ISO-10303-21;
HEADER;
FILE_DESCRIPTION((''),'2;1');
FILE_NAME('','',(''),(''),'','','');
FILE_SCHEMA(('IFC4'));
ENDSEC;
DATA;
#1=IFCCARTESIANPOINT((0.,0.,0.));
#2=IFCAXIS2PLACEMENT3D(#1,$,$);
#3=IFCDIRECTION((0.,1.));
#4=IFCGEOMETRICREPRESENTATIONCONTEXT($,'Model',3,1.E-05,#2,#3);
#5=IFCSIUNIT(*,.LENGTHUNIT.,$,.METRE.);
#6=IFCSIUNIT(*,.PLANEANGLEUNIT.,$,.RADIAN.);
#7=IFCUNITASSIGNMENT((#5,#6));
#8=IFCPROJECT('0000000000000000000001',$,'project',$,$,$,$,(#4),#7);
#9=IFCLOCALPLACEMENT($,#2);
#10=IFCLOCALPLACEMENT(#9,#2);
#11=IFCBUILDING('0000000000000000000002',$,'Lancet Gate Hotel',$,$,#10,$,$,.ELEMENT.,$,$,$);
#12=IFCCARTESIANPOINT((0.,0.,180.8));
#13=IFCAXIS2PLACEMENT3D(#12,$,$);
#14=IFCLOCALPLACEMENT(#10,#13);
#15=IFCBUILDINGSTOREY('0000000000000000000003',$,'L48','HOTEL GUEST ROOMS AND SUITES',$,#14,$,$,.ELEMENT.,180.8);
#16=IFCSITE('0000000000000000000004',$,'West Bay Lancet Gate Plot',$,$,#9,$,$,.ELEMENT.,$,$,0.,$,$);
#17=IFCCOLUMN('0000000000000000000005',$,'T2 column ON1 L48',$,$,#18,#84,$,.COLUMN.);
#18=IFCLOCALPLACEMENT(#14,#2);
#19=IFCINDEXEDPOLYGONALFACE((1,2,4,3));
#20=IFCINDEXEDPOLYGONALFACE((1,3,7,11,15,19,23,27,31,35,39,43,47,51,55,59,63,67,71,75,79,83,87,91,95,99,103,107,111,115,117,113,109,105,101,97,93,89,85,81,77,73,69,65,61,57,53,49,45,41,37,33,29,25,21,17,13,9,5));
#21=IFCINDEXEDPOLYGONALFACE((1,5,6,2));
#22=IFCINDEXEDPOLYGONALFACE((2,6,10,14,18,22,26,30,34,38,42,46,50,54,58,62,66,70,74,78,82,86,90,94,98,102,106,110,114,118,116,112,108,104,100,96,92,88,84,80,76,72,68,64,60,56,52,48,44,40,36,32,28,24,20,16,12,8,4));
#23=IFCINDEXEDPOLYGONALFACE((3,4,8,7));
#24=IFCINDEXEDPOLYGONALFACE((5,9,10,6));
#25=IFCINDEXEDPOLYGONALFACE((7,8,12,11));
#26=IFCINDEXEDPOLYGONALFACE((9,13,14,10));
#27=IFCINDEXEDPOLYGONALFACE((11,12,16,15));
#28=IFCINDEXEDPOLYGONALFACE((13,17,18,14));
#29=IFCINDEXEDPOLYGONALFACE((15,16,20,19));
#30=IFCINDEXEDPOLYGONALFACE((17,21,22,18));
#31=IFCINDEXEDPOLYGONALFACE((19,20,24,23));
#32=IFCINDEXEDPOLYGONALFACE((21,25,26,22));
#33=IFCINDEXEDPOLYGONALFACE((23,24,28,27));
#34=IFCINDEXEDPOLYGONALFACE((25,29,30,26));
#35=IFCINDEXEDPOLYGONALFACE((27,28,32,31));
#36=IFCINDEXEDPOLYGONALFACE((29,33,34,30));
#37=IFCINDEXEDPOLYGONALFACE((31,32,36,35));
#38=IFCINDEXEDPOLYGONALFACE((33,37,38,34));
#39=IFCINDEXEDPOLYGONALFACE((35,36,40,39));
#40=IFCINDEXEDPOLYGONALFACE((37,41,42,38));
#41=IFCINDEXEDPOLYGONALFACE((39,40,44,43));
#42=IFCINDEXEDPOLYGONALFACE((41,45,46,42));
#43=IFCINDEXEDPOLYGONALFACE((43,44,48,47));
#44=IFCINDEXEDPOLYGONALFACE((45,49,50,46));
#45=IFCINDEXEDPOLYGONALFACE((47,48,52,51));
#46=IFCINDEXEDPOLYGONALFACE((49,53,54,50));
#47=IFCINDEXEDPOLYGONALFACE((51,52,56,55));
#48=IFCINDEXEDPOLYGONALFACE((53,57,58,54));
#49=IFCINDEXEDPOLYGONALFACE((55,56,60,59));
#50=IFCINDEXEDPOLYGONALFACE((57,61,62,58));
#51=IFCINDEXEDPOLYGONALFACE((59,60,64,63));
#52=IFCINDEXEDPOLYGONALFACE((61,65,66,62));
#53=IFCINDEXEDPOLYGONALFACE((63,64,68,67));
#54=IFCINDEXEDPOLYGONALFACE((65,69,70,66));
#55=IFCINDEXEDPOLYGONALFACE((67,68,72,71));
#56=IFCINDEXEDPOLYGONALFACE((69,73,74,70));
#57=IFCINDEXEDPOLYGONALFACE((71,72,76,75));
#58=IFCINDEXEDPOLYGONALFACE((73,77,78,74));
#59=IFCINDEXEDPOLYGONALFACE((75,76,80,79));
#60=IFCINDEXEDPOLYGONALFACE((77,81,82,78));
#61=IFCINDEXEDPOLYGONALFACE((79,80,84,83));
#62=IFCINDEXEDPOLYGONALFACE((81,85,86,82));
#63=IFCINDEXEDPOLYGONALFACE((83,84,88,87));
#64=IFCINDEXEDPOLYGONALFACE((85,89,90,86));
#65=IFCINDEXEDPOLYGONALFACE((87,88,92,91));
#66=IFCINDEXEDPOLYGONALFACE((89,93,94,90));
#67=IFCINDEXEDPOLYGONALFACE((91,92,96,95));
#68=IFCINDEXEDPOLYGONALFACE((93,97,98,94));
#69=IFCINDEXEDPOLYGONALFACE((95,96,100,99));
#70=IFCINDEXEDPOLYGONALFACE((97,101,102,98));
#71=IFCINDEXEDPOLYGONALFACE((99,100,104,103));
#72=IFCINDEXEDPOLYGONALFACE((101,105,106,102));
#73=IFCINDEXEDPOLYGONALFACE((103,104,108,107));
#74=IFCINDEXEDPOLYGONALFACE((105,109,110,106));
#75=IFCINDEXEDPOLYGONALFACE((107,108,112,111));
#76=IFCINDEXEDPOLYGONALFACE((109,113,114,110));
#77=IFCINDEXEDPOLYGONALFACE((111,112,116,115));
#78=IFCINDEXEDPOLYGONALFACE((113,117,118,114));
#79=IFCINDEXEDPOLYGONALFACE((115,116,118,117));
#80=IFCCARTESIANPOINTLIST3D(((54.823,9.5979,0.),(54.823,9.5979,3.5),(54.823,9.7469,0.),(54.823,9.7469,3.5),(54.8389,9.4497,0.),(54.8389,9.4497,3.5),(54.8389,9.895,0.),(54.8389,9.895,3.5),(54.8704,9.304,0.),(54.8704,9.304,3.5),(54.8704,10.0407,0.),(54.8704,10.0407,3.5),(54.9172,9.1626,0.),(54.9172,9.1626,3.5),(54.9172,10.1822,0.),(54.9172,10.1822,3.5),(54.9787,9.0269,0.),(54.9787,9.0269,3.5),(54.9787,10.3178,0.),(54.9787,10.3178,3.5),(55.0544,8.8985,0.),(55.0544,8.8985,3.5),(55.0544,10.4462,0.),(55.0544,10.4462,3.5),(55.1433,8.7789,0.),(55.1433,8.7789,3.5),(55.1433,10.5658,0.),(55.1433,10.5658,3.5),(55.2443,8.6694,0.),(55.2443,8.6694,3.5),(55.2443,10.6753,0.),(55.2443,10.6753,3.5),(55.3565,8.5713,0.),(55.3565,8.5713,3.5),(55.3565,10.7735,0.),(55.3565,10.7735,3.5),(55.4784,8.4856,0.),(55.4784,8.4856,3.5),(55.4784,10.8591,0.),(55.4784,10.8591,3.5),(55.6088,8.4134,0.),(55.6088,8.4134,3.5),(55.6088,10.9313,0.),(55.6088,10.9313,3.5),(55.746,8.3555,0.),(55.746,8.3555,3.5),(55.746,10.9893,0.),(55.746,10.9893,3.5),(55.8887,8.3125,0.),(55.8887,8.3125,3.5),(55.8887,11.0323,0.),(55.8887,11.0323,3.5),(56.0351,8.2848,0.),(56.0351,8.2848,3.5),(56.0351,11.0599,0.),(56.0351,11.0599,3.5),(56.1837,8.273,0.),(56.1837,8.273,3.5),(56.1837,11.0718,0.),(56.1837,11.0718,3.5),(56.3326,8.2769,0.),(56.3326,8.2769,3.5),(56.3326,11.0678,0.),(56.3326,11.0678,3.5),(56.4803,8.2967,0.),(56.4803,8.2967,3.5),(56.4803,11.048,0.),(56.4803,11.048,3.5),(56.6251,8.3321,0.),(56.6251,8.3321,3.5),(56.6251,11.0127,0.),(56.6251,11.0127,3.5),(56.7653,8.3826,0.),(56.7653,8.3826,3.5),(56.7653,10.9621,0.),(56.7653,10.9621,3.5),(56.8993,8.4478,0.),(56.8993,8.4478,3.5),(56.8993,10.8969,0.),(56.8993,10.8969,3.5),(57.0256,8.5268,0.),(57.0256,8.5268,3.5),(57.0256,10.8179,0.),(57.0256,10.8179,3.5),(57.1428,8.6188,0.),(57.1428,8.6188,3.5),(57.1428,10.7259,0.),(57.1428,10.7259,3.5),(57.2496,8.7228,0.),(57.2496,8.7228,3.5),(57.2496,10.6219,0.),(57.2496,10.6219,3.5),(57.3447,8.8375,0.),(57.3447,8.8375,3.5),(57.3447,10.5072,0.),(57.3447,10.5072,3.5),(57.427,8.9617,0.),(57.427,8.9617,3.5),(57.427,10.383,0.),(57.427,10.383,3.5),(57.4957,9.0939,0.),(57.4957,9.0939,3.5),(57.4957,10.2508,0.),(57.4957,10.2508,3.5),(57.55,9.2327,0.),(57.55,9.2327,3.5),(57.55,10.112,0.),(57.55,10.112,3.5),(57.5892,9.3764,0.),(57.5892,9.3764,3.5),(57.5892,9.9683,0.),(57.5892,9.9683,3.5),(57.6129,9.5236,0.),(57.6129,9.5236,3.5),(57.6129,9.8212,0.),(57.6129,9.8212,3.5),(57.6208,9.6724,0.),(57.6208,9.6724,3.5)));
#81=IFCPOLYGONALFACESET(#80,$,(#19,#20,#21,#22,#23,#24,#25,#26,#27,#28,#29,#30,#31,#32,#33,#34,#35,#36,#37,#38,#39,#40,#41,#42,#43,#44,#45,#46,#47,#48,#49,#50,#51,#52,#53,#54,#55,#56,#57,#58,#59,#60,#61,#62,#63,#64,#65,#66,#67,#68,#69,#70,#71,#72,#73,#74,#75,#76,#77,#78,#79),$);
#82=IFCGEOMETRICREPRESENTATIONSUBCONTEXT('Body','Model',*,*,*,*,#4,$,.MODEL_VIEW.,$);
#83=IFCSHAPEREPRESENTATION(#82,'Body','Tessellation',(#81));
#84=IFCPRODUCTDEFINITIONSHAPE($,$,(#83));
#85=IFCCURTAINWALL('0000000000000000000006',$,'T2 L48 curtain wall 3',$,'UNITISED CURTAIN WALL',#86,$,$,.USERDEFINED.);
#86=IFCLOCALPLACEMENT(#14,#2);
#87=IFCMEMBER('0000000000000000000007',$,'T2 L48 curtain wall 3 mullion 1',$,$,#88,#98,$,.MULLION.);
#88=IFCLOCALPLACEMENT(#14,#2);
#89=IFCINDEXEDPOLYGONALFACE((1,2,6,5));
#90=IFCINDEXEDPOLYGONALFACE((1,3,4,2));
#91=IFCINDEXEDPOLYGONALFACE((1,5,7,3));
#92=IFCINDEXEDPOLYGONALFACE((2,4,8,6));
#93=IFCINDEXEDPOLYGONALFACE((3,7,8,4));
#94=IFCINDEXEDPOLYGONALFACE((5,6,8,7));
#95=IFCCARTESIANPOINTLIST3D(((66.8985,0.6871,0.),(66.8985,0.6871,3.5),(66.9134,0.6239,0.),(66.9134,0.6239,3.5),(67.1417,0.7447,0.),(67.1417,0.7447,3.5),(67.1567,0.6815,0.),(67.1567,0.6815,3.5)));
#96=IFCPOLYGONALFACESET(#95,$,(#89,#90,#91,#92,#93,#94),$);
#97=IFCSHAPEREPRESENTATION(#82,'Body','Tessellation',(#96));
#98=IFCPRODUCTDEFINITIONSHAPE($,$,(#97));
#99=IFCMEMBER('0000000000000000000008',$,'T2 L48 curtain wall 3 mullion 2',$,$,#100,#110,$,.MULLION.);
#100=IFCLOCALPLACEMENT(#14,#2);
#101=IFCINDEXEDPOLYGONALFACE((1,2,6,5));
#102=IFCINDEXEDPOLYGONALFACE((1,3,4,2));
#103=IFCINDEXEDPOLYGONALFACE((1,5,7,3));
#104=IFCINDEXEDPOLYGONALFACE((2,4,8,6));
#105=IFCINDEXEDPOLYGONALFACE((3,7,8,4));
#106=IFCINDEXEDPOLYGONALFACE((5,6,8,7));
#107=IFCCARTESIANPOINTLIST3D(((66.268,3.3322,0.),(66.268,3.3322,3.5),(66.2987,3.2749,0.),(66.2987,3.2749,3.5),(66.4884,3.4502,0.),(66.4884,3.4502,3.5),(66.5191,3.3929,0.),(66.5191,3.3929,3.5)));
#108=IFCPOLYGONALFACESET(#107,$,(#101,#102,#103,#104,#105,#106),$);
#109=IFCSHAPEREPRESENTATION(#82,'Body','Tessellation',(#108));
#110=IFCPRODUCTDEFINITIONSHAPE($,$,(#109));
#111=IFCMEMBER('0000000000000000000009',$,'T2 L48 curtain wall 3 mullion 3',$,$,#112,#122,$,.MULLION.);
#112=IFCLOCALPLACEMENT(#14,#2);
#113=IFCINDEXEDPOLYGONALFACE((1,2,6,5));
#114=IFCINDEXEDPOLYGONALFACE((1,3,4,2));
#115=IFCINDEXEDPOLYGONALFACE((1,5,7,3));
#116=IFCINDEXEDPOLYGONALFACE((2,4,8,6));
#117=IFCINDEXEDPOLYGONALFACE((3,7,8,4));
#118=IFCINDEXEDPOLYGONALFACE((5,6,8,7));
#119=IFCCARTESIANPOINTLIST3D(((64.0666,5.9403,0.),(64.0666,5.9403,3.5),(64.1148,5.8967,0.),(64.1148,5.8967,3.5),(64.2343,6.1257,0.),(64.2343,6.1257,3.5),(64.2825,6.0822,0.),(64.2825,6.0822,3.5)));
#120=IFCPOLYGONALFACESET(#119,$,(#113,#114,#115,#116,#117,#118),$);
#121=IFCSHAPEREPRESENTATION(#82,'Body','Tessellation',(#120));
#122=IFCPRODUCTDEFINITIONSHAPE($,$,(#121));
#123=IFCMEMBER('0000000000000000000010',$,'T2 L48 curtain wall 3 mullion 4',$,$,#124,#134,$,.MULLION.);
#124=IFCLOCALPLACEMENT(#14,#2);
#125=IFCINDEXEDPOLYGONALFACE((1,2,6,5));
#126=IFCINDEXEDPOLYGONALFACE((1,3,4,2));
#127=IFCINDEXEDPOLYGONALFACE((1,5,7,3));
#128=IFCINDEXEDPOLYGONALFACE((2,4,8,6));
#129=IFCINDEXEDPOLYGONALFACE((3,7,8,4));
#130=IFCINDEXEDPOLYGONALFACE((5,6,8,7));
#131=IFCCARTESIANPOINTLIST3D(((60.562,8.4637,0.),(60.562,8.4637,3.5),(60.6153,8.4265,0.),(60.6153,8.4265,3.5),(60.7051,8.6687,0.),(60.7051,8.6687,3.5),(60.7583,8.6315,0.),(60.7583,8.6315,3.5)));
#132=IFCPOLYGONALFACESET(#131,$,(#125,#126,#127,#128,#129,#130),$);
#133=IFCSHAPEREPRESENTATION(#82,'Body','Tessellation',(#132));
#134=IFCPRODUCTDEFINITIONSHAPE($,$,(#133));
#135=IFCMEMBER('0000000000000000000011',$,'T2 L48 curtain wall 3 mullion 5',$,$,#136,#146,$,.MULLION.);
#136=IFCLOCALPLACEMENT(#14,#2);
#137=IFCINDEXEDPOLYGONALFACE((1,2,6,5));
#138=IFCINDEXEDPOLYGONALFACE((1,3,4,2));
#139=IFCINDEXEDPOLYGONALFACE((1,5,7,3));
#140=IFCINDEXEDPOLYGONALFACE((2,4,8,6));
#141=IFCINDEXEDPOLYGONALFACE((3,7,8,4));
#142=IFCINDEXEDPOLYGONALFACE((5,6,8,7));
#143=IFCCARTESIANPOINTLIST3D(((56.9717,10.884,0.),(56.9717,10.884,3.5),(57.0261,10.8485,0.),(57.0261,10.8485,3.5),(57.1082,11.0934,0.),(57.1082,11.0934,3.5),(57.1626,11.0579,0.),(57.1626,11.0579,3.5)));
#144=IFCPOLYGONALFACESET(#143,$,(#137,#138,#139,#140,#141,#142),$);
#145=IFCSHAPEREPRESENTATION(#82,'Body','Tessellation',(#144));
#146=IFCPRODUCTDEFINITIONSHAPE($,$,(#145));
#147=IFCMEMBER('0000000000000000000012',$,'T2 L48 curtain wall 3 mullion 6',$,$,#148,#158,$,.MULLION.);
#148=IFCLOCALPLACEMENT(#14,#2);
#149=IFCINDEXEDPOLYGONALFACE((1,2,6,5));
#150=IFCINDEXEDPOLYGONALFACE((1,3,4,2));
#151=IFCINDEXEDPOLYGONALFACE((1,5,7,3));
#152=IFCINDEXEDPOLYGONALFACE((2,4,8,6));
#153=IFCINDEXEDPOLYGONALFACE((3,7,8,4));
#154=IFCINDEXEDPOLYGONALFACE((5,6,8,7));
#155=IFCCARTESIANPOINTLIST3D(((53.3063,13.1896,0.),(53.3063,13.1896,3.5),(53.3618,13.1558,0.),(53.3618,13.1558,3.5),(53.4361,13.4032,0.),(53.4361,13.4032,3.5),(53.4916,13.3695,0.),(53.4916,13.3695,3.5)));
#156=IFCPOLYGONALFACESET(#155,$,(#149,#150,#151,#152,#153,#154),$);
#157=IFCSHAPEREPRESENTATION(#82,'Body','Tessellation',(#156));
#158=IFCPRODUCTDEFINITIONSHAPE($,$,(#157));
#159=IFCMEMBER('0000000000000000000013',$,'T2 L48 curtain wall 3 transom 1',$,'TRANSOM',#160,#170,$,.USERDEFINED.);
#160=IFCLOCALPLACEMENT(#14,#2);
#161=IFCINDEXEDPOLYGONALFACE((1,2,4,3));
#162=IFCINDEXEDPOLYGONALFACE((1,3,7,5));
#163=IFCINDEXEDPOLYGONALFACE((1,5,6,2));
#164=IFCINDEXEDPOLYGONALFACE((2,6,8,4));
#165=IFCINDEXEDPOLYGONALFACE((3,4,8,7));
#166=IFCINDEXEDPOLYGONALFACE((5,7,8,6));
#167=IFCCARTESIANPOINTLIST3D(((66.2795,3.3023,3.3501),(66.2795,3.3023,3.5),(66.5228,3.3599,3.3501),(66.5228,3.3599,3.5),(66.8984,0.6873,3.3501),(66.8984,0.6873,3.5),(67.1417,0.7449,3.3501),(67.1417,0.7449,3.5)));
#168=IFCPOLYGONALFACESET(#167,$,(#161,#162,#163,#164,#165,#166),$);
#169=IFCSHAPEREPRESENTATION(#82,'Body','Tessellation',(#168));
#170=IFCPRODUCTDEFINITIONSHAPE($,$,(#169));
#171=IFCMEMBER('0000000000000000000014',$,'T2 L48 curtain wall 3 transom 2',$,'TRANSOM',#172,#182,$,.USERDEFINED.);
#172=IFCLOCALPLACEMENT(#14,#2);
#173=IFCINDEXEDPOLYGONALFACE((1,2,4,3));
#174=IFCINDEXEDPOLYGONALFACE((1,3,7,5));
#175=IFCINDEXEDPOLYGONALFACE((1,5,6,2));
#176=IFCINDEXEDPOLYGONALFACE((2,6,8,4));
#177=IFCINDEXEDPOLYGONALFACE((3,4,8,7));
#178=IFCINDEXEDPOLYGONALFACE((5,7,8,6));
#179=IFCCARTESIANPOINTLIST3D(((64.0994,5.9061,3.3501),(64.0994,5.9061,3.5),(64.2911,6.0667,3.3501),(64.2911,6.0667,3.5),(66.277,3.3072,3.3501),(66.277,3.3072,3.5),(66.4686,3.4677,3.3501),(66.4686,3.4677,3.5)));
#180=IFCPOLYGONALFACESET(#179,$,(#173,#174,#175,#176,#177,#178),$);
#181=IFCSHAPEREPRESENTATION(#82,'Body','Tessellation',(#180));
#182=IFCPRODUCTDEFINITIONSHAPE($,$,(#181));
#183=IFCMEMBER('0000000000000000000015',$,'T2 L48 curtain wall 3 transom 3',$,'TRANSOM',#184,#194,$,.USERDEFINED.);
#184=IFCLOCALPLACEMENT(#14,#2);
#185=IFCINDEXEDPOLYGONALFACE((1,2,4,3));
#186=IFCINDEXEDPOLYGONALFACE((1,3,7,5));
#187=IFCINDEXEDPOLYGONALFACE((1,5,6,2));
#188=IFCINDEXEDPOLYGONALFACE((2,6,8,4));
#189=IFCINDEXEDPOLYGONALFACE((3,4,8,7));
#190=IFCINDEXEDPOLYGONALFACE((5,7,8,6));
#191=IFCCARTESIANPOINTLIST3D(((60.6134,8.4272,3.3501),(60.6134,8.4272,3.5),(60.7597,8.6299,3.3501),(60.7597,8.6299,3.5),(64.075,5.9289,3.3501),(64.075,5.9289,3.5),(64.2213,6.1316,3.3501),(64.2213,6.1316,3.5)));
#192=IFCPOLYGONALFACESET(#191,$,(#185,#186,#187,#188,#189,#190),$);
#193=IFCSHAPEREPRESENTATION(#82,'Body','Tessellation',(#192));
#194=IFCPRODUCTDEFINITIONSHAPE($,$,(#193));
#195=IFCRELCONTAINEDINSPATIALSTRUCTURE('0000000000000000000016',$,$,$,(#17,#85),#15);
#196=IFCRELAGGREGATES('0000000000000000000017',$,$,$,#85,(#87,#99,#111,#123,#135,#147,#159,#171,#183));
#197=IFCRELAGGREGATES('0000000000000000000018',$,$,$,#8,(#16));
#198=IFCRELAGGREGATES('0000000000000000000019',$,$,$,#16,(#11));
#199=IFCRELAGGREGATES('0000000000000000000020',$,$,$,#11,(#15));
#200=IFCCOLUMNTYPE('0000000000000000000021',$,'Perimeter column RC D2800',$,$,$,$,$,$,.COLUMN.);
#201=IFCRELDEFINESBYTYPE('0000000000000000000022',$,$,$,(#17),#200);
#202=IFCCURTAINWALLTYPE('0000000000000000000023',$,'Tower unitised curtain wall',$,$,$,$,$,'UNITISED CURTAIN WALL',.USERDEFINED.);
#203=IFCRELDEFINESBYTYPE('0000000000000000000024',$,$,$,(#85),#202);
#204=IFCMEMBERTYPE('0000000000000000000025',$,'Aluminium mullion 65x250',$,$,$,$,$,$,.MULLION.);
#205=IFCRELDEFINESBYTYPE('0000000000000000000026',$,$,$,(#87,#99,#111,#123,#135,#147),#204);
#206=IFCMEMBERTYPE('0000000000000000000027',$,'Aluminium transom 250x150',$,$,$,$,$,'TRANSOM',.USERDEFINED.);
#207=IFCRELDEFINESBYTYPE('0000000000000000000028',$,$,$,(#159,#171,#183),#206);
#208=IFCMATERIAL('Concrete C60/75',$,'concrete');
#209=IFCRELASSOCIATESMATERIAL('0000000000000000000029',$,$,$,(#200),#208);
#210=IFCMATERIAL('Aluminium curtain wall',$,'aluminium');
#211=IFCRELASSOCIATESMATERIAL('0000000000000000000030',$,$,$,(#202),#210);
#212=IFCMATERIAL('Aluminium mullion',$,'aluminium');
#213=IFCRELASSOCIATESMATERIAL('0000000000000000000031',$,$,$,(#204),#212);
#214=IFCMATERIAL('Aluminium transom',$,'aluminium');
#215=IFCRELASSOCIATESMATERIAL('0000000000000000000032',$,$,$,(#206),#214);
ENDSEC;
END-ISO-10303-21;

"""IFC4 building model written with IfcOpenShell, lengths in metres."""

from ifc_helpers import new_model, si_unit, direction, frame, origin, origin_2d, place, context, subcontext, project, spatial, rectangle, circle, extrude, material, material_profile, profile_set, type_object, element, aggregate, save


model = new_model("IFC4")

# Units and contexts
model_context = context("Model", 3, precision=1e-05, world=origin(), true_north=direction((0.0, 1.0)))
body_context = subcontext(model_context, "Body", "Model", "MODEL_VIEW")
ifc_project = project(units=[si_unit("LENGTHUNIT", "METRE"), si_unit("PLANEANGLEUNIT", "RADIAN")], contexts=[model_context])

# Site, building, storey
site_placement = place(None, origin())
site = spatial("IfcSite", under=ifc_project, at=site_placement, Name="West Bay Lancet Gate Plot", CompositionType="ELEMENT", RefElevation=0.0)
building_placement = place(site_placement, origin())
building = spatial("IfcBuilding", under=site, at=building_placement, Name="Lancet Gate Hotel", CompositionType="ELEMENT")
storey_placement = place(building_placement, frame((0.0, 0.0, 180.8)))
storey = spatial("IfcBuildingStorey", under=building, at=storey_placement, Name="L48", Description="HOTEL GUEST ROOMS AND SUITES", CompositionType="ELEMENT", Elevation=180.8)

# Column
ifc_material_1 = material(Name="Concrete C60/75", Category="concrete")
ifc_material_profile_1 = material_profile(ifc_material_1, circle(Radius=1.3999, at=origin_2d()), Name="RC D2800")
ifc_profile_set_1 = profile_set([ifc_material_profile_1], Name="Concrete C60/75")
column_type = type_object("IfcColumnType", Name="Perimeter column RC D2800", PredefinedType="COLUMN", material=ifc_profile_set_1)
column_placement = place(storey_placement, frame((56.2209, 9.6724, 0.0), z_axis=(0.0, 0.0, 1.0), x_axis=(1.0, 0.0, 0.0)))
element("IfcColumn", 1, at=column_placement, inside=storey, type_object=column_type, Name="T2 column ON1 L48", PredefinedType="COLUMN", context=body_context, shape_type="SweptSolid", body=[
    extrude(circle(Radius=1.3999, at=origin_2d()), origin(), (0.0, 0.0, 1.0), 3.5),
])

# Curtain wall, members
ifc_material_2 = material(Name="Aluminium curtain wall", Category="aluminium")
curtain_wall_type = type_object("IfcCurtainWallType", Name="Tower unitised curtain wall", ElementType="UNITISED CURTAIN WALL", PredefinedType="USERDEFINED", material=ifc_material_2)
curtain_wall_placement = place(storey_placement, origin())
curtain_wall = element("IfcCurtainWall", 2, at=curtain_wall_placement, inside=storey, type_object=curtain_wall_type, Name="T2 L48 curtain wall 3", ObjectType="UNITISED CURTAIN WALL", PredefinedType="USERDEFINED")
ifc_material_3 = material(Name="Aluminium mullion", Category="aluminium")
ifc_material_profile_2 = material_profile(ifc_material_3, rectangle(XDim=0.0649, YDim=0.25, at=origin_2d()), Name="MULLION 65x250")
ifc_profile_set_2 = profile_set([ifc_material_profile_2], Name="Aluminium mullion")
member_type_1 = type_object("IfcMemberType", Name="Aluminium mullion 65x250", PredefinedType="MULLION", material=ifc_profile_set_2)
member_1_placement = place(storey_placement, frame((67.0276, 0.6843, 0.0), z_axis=(0.0, 0.0, 1.0), x_axis=(-0.230367, 0.973104, 0.0)))
member_1 = element("IfcMember", 3, at=member_1_placement, type_object=member_type_1, Name="T2 L48 curtain wall 3 mullion 1", PredefinedType="MULLION", context=body_context, shape_type="SweptSolid", body=[
    extrude(rectangle(XDim=0.0649, YDim=0.25, at=origin_2d()), origin(), (0.0, 0.0, 1.0), 3.5),
])
member_2_placement = place(storey_placement, frame((66.3936, 3.3625, 0.0), z_axis=(0.0, 0.0, 1.0), x_axis=(-0.472146, 0.88152, 0.0)))
member_2 = element("IfcMember", 4, at=member_2_placement, type_object=member_type_1, Name="T2 L48 curtain wall 3 mullion 2", PredefinedType="MULLION", context=body_context, shape_type="SweptSolid", body=[
    extrude(rectangle(XDim=0.0649, YDim=0.25, at=origin_2d()), origin(), (0.0, 0.0, 1.0), 3.5),
])
member_3_placement = place(storey_placement, frame((64.1746, 6.0112, 0.0), z_axis=(0.0, 0.0, 1.0), x_axis=(-0.741693, 0.670739, 0.0)))
member_3 = element("IfcMember", 5, at=member_3_placement, type_object=member_type_1, Name="T2 L48 curtain wall 3 mullion 3", PredefinedType="MULLION", context=body_context, shape_type="SweptSolid", body=[
    extrude(rectangle(XDim=0.0649, YDim=0.25, at=origin_2d()), origin(), (0.0, 0.0, 1.0), 3.5),
])
member_4_placement = place(storey_placement, frame((60.6602, 8.5476, 0.0), z_axis=(0.0, 0.0, 1.0), x_axis=(-0.820068, 0.572266, 0.0)))
member_4 = element("IfcMember", 6, at=member_4_placement, type_object=member_type_1, Name="T2 L48 curtain wall 3 mullion 4", PredefinedType="MULLION", context=body_context, shape_type="SweptSolid", body=[
    extrude(rectangle(XDim=0.0649, YDim=0.25, at=origin_2d()), origin(), (0.0, 0.0, 1.0), 3.5),
])
member_5_placement = place(storey_placement, frame((57.0671, 10.9709, 0.0), z_axis=(0.0, 0.0, 1.0), x_axis=(-0.837801, 0.545976, 0.0)))
member_5 = element("IfcMember", 7, at=member_5_placement, type_object=member_type_1, Name="T2 L48 curtain wall 3 mullion 5", PredefinedType="MULLION", context=body_context, shape_type="SweptSolid", body=[
    extrude(rectangle(XDim=0.0649, YDim=0.25, at=origin_2d()), origin(), (0.0, 0.0, 1.0), 3.5),
])
member_6_placement = place(storey_placement, frame((53.3989, 13.2795, 0.0), z_axis=(0.0, 0.0, 1.0), x_axis=(-0.854691, 0.519137, 0.0)))
member_6 = element("IfcMember", 8, at=member_6_placement, type_object=member_type_1, Name="T2 L48 curtain wall 3 mullion 6", PredefinedType="MULLION", context=body_context, shape_type="SweptSolid", body=[
    extrude(rectangle(XDim=0.0649, YDim=0.25, at=origin_2d()), origin(), (0.0, 0.0, 1.0), 3.5),
])
ifc_material_4 = material(Name="Aluminium transom", Category="aluminium")
ifc_material_profile_3 = material_profile(ifc_material_4, rectangle(XDim=0.25, YDim=0.1499, at=origin_2d()), Name="TRANSOM 250x150")
ifc_profile_set_3 = profile_set([ifc_material_profile_3], Name="Aluminium transom")
member_type_2 = type_object("IfcMemberType", Name="Aluminium transom 250x150", ElementType="TRANSOM", PredefinedType="USERDEFINED", material=ifc_profile_set_3)
member_7_placement = place(storey_placement, frame((67.02, 0.7161, 3.425), z_axis=(-0.23031, 0.973117, 0.0), x_axis=(-0.973117, -0.23031, 0.0)))
member_7 = element("IfcMember", 9, at=member_7_placement, type_object=member_type_2, Name="T2 L48 curtain wall 3 transom 1", ObjectType="TRANSOM", PredefinedType="USERDEFINED", context=body_context, shape_type="SweptSolid", body=[
    extrude(rectangle(XDim=0.25, YDim=0.1499, at=origin_2d()), origin(), (0.0, 0.0, 1.0), 2.6873),
])
member_8_placement = place(storey_placement, frame((66.3728, 3.3875, 3.425), z_axis=(-0.642229, 0.766513, 0.0), x_axis=(-0.766513, -0.642229, 0.0)))
member_8 = element("IfcMember", 10, at=member_8_placement, type_object=member_type_2, Name="T2 L48 curtain wall 3 transom 2", ObjectType="TRANSOM", PredefinedType="USERDEFINED", context=body_context, shape_type="SweptSolid", body=[
    extrude(rectangle(XDim=0.25, YDim=0.1499, at=origin_2d()), origin(), (0.0, 0.0, 1.0), 3.3906),
])
member_9_placement = place(storey_placement, frame((64.1482, 6.0303, 3.425), z_axis=(-0.81088, 0.585213, 0.0), x_axis=(-0.585213, -0.81088, 0.0)))
member_9 = element("IfcMember", 11, at=member_9_placement, type_object=member_type_2, Name="T2 L48 curtain wall 3 transom 3", ObjectType="TRANSOM", PredefinedType="USERDEFINED", context=body_context, shape_type="SweptSolid", body=[
    extrude(rectangle(XDim=0.25, YDim=0.1499, at=origin_2d()), origin(), (0.0, 0.0, 1.0), 4.269),
])

aggregate(curtain_wall, [member_1, member_2, member_3, member_4, member_5, member_6, member_7, member_8, member_9])

save(model, "model.ifc")
